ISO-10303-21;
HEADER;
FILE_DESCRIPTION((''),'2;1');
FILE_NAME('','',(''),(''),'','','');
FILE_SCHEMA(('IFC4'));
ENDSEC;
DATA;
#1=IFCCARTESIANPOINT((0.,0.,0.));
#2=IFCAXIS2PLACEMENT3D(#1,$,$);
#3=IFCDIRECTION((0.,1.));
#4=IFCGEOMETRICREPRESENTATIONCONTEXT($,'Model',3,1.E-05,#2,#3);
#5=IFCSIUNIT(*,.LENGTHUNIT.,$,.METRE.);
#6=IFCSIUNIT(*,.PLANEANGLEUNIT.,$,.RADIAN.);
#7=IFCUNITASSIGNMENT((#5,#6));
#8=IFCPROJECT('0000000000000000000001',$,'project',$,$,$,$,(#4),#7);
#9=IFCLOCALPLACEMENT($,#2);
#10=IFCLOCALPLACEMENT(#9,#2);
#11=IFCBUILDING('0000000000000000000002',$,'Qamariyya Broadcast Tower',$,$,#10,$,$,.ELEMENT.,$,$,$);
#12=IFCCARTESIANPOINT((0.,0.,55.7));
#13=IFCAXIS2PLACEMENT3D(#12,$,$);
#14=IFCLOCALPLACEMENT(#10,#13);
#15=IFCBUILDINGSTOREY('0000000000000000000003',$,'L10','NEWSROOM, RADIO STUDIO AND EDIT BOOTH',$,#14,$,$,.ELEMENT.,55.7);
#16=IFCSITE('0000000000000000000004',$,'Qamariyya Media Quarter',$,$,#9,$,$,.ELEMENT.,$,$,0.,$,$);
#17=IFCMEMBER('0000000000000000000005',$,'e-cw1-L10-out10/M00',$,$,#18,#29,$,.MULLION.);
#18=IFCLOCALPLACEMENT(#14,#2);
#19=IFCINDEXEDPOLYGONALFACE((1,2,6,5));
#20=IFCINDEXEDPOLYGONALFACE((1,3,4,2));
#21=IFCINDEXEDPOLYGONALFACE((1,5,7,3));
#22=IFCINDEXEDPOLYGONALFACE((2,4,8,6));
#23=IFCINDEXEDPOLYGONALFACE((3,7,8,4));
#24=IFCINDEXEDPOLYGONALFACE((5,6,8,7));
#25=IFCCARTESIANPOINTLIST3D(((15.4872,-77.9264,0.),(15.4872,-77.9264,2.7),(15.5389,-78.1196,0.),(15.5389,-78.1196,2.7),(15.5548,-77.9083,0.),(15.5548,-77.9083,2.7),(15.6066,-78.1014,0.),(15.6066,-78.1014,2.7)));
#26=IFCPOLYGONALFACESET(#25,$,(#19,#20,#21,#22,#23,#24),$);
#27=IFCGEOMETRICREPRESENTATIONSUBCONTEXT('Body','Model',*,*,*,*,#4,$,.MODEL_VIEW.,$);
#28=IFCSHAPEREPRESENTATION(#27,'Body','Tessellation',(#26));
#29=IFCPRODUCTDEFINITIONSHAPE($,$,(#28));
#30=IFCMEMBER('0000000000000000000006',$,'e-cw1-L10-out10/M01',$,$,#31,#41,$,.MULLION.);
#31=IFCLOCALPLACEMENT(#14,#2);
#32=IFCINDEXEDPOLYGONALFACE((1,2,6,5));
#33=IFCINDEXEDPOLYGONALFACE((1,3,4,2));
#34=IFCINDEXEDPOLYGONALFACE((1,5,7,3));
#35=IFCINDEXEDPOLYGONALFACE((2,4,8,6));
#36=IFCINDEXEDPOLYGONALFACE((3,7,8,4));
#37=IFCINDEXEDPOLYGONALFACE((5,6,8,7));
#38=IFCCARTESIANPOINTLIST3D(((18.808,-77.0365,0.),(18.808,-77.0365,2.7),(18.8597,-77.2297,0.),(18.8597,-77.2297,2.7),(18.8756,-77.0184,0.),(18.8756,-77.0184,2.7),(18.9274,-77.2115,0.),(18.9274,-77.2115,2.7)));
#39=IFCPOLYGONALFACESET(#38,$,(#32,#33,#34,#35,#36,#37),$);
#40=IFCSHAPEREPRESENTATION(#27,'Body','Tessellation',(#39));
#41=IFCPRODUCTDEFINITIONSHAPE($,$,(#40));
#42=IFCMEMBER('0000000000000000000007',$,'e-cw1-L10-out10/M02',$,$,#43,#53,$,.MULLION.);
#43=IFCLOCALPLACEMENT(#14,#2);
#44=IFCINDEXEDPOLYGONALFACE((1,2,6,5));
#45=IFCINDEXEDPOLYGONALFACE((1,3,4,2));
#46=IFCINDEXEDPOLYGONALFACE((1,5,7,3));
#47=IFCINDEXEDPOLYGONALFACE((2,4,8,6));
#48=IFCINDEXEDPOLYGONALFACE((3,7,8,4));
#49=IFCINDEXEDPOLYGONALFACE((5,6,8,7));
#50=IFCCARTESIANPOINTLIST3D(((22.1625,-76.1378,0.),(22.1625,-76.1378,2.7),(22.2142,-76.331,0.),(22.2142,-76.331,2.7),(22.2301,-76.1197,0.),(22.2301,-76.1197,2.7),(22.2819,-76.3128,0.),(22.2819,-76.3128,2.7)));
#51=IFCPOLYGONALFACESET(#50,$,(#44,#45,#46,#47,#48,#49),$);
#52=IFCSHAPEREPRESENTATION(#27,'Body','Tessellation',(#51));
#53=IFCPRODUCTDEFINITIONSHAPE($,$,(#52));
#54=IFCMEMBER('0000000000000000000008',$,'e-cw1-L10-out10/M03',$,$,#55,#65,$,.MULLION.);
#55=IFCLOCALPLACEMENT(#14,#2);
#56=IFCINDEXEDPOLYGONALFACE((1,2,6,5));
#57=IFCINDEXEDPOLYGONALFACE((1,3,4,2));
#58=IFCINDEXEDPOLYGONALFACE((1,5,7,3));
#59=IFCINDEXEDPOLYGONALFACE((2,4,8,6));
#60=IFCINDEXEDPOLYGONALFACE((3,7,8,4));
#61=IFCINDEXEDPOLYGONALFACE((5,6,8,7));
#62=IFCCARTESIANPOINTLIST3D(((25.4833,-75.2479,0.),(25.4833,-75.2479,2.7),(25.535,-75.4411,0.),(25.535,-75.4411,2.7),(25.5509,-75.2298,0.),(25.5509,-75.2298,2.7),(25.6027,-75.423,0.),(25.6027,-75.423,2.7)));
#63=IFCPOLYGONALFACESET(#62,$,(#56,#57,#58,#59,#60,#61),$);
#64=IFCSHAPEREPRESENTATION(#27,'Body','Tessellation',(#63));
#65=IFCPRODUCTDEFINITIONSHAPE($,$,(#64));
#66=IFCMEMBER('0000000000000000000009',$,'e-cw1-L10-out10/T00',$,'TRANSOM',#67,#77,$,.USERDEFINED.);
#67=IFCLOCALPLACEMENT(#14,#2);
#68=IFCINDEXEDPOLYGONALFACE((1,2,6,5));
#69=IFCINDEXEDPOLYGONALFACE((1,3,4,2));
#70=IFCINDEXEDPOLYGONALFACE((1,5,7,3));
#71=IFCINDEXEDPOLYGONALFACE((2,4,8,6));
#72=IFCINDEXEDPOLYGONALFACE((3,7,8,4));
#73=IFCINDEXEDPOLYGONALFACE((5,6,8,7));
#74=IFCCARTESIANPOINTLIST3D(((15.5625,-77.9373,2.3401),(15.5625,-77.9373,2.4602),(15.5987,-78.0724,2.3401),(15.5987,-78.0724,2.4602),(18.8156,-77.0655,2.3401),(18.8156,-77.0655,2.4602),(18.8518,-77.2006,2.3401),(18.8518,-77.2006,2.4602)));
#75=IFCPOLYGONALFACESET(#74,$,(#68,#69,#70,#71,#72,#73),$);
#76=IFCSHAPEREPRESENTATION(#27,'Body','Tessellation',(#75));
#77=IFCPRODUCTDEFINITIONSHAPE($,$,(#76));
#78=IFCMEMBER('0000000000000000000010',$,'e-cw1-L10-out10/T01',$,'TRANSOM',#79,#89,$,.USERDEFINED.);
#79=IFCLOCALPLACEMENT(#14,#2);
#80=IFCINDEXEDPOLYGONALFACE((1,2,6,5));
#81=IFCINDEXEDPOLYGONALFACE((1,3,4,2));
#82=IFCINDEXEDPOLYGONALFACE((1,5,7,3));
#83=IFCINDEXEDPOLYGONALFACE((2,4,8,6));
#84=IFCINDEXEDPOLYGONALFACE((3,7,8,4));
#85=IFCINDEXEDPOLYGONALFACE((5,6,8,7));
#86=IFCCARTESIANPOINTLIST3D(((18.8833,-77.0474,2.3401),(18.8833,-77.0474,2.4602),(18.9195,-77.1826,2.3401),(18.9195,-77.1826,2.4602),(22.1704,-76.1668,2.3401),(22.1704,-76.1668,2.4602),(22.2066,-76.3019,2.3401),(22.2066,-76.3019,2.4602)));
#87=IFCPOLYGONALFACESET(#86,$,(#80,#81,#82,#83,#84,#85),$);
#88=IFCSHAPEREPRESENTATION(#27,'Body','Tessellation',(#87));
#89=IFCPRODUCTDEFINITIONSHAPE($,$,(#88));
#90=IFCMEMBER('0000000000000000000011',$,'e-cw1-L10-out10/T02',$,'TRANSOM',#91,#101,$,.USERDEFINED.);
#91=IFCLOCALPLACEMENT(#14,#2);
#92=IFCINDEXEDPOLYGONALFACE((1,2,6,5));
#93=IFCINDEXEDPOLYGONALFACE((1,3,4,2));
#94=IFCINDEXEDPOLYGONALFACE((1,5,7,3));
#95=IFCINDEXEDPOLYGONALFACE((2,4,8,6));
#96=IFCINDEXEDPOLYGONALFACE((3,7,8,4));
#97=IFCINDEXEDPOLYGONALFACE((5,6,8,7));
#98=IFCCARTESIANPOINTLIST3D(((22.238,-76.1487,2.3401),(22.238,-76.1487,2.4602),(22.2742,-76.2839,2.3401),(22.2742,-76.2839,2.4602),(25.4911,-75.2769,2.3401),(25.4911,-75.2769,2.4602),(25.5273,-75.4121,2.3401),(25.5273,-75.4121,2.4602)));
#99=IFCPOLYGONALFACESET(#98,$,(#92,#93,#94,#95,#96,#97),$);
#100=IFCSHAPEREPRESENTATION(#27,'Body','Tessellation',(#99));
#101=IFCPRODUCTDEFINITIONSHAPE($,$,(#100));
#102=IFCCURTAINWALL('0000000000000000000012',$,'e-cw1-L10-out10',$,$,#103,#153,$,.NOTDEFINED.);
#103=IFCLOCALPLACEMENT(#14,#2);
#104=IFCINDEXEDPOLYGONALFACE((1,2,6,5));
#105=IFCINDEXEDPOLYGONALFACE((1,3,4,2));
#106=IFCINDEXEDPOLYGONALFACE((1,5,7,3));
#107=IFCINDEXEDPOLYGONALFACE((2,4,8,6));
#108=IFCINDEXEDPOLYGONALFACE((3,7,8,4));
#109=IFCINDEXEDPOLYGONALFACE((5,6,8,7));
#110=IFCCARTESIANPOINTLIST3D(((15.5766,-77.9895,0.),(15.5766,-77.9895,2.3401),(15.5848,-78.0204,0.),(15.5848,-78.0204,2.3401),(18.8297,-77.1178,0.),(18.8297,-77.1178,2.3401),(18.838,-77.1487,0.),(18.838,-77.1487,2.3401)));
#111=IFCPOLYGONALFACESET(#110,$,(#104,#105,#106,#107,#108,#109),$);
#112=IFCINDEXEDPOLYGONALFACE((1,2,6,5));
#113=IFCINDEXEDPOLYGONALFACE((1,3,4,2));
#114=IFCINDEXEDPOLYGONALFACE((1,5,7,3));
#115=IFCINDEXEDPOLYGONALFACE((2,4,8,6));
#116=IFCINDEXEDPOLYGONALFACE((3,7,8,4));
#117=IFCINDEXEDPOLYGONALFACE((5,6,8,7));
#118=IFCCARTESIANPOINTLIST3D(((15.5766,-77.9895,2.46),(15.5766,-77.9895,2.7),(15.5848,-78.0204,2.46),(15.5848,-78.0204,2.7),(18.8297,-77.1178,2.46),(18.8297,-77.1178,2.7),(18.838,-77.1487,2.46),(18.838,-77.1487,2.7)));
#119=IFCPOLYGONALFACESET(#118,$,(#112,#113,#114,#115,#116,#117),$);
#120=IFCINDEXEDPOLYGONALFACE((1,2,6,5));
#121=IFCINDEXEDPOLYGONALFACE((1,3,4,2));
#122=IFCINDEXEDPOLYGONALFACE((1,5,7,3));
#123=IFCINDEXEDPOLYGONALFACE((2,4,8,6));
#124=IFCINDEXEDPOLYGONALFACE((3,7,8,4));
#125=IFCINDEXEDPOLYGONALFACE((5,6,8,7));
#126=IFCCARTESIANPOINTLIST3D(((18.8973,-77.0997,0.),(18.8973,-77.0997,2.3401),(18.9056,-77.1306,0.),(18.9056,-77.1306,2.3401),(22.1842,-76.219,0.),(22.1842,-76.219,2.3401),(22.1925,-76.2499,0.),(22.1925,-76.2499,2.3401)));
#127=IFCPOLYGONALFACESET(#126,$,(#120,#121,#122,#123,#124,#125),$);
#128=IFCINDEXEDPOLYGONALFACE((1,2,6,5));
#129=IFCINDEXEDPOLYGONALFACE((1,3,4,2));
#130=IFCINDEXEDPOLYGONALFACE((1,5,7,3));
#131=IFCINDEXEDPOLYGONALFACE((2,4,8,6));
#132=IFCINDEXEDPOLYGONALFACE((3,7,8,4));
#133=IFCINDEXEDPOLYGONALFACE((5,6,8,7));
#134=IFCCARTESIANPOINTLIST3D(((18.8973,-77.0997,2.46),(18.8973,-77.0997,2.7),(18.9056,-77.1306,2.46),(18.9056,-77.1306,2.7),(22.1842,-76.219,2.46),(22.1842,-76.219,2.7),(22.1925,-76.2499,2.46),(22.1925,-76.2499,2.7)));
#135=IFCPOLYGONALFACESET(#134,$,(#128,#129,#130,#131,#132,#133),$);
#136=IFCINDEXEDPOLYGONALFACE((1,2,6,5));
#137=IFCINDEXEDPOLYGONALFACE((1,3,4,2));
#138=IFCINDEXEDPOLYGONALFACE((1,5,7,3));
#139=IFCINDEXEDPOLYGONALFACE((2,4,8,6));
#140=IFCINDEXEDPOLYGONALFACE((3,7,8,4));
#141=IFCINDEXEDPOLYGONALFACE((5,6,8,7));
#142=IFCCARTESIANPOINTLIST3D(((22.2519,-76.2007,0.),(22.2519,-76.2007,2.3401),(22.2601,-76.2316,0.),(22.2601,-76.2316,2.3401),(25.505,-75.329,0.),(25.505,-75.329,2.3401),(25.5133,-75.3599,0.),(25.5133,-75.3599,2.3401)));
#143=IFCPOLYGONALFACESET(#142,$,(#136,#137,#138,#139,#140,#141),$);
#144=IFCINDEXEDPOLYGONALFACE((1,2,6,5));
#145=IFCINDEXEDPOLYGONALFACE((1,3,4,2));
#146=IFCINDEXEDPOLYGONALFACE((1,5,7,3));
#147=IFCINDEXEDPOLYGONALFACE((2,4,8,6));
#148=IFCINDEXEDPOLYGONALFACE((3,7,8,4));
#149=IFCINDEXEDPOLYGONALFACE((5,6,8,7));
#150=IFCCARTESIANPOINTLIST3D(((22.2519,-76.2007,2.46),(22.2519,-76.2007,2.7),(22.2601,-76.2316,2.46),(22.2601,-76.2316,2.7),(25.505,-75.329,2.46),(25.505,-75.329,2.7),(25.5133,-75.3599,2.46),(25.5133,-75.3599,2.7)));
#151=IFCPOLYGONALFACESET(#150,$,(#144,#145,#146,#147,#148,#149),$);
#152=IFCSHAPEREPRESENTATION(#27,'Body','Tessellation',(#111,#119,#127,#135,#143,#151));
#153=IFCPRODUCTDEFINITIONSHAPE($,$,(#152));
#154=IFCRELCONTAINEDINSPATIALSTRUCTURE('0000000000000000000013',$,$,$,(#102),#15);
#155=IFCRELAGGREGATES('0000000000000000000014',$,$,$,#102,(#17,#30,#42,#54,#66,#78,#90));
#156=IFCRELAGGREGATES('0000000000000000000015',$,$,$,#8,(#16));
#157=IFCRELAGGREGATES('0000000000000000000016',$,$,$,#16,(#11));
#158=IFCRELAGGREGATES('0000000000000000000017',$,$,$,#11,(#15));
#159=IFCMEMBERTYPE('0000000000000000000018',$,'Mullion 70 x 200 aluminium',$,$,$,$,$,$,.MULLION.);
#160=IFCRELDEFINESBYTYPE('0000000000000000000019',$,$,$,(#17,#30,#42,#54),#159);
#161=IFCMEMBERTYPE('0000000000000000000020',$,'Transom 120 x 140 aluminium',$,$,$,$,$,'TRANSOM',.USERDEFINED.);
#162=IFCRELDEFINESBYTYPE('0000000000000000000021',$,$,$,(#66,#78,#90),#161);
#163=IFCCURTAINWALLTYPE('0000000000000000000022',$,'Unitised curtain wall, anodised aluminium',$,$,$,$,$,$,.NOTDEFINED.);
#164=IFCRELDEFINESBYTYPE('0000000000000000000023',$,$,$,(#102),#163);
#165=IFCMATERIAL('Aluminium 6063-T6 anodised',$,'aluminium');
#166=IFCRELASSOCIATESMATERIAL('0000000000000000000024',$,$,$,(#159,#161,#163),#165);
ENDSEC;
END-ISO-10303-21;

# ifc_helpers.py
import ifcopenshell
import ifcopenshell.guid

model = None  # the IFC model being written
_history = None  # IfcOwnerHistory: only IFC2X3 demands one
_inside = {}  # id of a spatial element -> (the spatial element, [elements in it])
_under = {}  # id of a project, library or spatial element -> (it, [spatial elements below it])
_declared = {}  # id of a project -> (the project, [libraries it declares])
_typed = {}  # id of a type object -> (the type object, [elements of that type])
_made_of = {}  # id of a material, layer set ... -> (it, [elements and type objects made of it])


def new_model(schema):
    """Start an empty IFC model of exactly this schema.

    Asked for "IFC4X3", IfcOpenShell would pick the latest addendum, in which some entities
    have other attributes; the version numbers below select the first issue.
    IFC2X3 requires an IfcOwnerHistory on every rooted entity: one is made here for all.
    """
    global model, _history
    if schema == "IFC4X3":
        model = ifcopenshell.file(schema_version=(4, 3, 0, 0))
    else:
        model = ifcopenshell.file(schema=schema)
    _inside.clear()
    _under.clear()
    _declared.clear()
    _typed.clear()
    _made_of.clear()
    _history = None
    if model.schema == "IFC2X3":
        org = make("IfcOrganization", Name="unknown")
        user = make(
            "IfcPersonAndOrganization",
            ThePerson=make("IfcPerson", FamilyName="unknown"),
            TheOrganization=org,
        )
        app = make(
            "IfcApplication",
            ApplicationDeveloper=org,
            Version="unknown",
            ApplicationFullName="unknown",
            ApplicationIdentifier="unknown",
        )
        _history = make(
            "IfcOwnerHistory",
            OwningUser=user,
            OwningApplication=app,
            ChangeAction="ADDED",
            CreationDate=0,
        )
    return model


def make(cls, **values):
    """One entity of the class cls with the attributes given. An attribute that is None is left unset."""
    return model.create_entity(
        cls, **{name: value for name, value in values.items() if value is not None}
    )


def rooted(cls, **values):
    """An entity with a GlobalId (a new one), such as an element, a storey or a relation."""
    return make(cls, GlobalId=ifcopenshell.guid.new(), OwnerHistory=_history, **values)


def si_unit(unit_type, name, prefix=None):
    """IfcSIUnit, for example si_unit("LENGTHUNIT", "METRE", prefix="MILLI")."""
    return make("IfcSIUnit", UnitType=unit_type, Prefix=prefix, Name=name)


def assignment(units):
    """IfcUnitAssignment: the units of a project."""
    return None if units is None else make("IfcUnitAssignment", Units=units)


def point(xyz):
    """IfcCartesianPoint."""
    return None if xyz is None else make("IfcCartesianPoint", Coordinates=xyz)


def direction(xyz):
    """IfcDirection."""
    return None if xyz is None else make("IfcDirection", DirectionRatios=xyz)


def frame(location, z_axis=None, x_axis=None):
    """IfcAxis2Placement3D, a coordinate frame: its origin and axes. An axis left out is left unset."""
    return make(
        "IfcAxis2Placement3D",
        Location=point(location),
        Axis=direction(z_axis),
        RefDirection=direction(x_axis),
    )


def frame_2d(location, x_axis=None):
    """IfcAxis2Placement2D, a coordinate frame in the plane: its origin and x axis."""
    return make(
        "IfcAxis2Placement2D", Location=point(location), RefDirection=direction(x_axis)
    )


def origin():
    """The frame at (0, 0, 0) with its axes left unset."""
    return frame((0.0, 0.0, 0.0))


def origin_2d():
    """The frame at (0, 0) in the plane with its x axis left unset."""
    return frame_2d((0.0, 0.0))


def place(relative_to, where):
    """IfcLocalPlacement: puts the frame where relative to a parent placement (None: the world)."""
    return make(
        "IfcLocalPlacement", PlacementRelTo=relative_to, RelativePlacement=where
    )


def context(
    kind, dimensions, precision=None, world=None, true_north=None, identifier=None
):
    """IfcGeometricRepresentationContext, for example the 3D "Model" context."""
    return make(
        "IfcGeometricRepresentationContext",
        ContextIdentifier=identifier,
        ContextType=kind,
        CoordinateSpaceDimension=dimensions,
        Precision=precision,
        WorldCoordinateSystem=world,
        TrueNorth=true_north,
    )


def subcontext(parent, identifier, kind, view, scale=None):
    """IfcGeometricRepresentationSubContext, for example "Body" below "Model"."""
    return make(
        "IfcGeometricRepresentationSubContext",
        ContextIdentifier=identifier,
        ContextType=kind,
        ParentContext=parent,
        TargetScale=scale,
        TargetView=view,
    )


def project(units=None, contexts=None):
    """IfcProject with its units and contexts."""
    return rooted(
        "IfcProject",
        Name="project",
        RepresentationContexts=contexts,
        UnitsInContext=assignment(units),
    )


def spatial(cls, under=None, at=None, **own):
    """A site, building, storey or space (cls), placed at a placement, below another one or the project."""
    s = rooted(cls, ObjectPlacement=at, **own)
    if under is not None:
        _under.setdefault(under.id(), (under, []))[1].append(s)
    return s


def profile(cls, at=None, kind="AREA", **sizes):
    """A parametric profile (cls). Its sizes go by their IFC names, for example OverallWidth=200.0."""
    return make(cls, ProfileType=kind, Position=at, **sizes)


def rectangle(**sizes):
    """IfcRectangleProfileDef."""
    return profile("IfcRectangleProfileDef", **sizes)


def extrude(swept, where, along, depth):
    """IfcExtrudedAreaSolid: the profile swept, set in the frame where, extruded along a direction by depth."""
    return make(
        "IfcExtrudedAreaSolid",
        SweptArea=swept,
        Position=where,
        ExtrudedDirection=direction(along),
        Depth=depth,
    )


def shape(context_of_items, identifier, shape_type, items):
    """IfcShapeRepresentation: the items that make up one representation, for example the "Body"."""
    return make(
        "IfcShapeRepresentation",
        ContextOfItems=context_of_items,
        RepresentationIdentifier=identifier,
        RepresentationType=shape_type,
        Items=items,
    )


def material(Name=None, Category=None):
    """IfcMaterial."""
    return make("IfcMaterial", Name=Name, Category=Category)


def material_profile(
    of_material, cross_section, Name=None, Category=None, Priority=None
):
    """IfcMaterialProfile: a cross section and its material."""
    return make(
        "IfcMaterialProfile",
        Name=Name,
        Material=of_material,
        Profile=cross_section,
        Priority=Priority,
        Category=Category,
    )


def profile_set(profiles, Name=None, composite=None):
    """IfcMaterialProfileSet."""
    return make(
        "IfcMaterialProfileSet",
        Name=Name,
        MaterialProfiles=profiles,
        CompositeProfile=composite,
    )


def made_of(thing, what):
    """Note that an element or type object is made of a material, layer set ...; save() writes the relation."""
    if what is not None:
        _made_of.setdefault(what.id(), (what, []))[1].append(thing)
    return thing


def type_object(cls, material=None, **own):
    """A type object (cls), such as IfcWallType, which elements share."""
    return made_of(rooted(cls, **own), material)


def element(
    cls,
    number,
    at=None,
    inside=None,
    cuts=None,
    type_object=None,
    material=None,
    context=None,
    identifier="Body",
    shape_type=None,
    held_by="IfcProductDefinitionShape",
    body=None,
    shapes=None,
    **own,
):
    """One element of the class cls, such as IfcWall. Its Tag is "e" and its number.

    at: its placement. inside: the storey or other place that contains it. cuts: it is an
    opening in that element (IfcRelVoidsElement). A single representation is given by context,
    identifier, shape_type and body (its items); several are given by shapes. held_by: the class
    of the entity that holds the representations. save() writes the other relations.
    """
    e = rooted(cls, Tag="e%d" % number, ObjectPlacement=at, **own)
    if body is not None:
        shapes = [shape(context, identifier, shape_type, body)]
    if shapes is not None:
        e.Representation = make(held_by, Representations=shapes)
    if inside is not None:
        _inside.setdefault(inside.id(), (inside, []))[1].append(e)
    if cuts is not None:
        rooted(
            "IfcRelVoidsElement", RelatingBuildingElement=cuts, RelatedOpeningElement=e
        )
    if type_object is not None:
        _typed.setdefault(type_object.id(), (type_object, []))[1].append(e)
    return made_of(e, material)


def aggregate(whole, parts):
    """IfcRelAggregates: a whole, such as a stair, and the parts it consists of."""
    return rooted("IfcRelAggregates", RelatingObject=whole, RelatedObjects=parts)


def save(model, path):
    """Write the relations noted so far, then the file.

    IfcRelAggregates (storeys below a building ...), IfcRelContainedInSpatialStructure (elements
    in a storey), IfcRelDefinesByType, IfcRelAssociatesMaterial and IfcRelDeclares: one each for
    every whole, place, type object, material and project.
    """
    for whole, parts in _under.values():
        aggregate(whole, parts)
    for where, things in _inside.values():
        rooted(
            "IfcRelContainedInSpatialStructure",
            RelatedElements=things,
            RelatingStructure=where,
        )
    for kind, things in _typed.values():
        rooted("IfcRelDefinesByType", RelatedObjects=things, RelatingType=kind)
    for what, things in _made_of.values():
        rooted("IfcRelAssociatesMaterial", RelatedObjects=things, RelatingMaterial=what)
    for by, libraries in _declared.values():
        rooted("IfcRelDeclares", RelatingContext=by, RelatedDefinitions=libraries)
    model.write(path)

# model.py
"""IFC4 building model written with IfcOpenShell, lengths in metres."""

from ifc_helpers import new_model, si_unit, direction, frame, origin, origin_2d, place, context, subcontext, project, spatial, rectangle, extrude, material, material_profile, profile_set, type_object, element, aggregate, save


model = new_model("IFC4")

# Units and contexts
model_context = context("Model", 3, precision=1e-05, world=origin(), true_north=direction((0.0, 1.0)))
body_context = subcontext(model_context, "Body", "Model", "MODEL_VIEW")
ifc_project = project(units=[si_unit("LENGTHUNIT", "METRE"), si_unit("PLANEANGLEUNIT", "RADIAN")], contexts=[model_context])

# Members
ifc_material = material(Name="Aluminium 6063-T6 anodised", Category="aluminium")
ifc_material_profile_1 = material_profile(ifc_material, rectangle(XDim=0.2, YDim=0.0701, at=origin_2d()))
ifc_profile_set_1 = profile_set([ifc_material_profile_1], Name="Aluminium 6063-T6 anodised")
member_type_1 = type_object("IfcMemberType", Name="Mullion 70 x 200 aluminium", PredefinedType="MULLION", material=ifc_profile_set_1)
site_placement = place(None, origin())
building_placement = place(site_placement, origin())
storey_placement = place(building_placement, frame((0.0, 0.0, 55.7)))
member_1_placement = place(storey_placement, frame((15.5469, -78.0139, 0.0), z_axis=(0.0, 0.0, 1.0), x_axis=(-0.258819, 0.965926, 0.0)))
member_1 = element("IfcMember", 1, at=member_1_placement, type_object=member_type_1, Name="e-cw1-L10-out10/M00", PredefinedType="MULLION", context=body_context, shape_type="SweptSolid", body=[
    extrude(rectangle(XDim=0.2, YDim=0.0701, at=origin_2d()), origin(), (0.0, 0.0, 1.0), 2.7),
])
member_2_placement = place(storey_placement, frame((18.8677, -77.124, 0.0), z_axis=(0.0, 0.0, 1.0), x_axis=(-0.258819, 0.965926, 0.0)))
member_2 = element("IfcMember", 2, at=member_2_placement, type_object=member_type_1, Name="e-cw1-L10-out10/M01", PredefinedType="MULLION", context=body_context, shape_type="SweptSolid", body=[
    extrude(rectangle(XDim=0.2, YDim=0.0701, at=origin_2d()), origin(), (0.0, 0.0, 1.0), 2.7),
])
member_3_placement = place(storey_placement, frame((22.2222, -76.2253, 0.0), z_axis=(0.0, 0.0, 1.0), x_axis=(-0.258819, 0.965926, 0.0)))
member_3 = element("IfcMember", 3, at=member_3_placement, type_object=member_type_1, Name="e-cw1-L10-out10/M02", PredefinedType="MULLION", context=body_context, shape_type="SweptSolid", body=[
    extrude(rectangle(XDim=0.2, YDim=0.0701, at=origin_2d()), origin(), (0.0, 0.0, 1.0), 2.7),
])
member_4_placement = place(storey_placement, frame((25.543, -75.3354, 0.0), z_axis=(0.0, 0.0, 1.0), x_axis=(-0.258819, 0.965926, 0.0)))
member_4 = element("IfcMember", 4, at=member_4_placement, type_object=member_type_1, Name="e-cw1-L10-out10/M03", PredefinedType="MULLION", context=body_context, shape_type="SweptSolid", body=[
    extrude(rectangle(XDim=0.2, YDim=0.0701, at=origin_2d()), origin(), (0.0, 0.0, 1.0), 2.7),
])
ifc_material_profile_2 = material_profile(ifc_material, rectangle(XDim=0.1399, YDim=0.1201, at=origin_2d()))
ifc_profile_set_2 = profile_set([ifc_material_profile_2], Name="Aluminium 6063-T6 anodised")
member_type_2 = type_object("IfcMemberType", Name="Transom 120 x 140 aluminium", ElementType="TRANSOM", PredefinedType="USERDEFINED", material=ifc_profile_set_2)
member_5_placement = place(storey_placement, frame((15.5806, -78.0049, 2.4001), z_axis=(0.965915, 0.258858, 0.0), x_axis=(-0.258858, 0.965915, 0.0)))
member_5 = element("IfcMember", 5, at=member_5_placement, type_object=member_type_2, Name="e-cw1-L10-out10/T00", ObjectType="TRANSOM", PredefinedType="USERDEFINED", context=body_context, shape_type="SweptSolid", body=[
    extrude(rectangle(XDim=0.1399, YDim=0.1201, at=origin_2d()), origin(), (0.0, 0.0, 1.0), 3.3679),
])
member_6_placement = place(storey_placement, frame((18.9014, -77.115, 2.4001), z_axis=(0.965938, 0.258774, 0.0), x_axis=(-0.258774, 0.965938, 0.0)))
member_6 = element("IfcMember", 6, at=member_6_placement, type_object=member_type_2, Name="e-cw1-L10-out10/T01", ObjectType="TRANSOM", PredefinedType="USERDEFINED", context=body_context, shape_type="SweptSolid", body=[
    extrude(rectangle(XDim=0.1399, YDim=0.1201, at=origin_2d()), origin(), (0.0, 0.0, 1.0), 3.4031),
])
member_7_placement = place(storey_placement, frame((22.2561, -76.2163, 2.4001), z_axis=(0.965915, 0.258858, 0.0), x_axis=(-0.258858, 0.965915, 0.0)))
member_7 = element("IfcMember", 7, at=member_7_placement, type_object=member_type_2, Name="e-cw1-L10-out10/T02", ObjectType="TRANSOM", PredefinedType="USERDEFINED", context=body_context, shape_type="SweptSolid", body=[
    extrude(rectangle(XDim=0.1399, YDim=0.1201, at=origin_2d()), origin(), (0.0, 0.0, 1.0), 3.3679),
])

# Site, building, storey
site = spatial("IfcSite", under=ifc_project, at=site_placement, Name="Qamariyya Media Quarter", CompositionType="ELEMENT", RefElevation=0.0)
building = spatial("IfcBuilding", under=site, at=building_placement, Name="Qamariyya Broadcast Tower", CompositionType="ELEMENT")
storey = spatial("IfcBuildingStorey", under=building, at=storey_placement, Name="L10", Description="NEWSROOM, RADIO STUDIO AND EDIT BOOTH", CompositionType="ELEMENT", Elevation=55.7)

# Curtain wall
curtain_wall_type = type_object("IfcCurtainWallType", Name="Unitised curtain wall, anodised aluminium", PredefinedType="NOTDEFINED", material=ifc_material)
curtain_wall_1_placement = place(storey_placement, origin())
curtain_wall_1 = element("IfcCurtainWall", 8, at=curtain_wall_1_placement, inside=storey, type_object=curtain_wall_type, Name="e-cw1-L10-out10", PredefinedType="NOTDEFINED", context=body_context, shape_type="SweptSolid", body=[
    extrude(rectangle(XDim=3.3679, YDim=0.032, at=origin_2d()), frame((17.2073, -77.5691, 0.0), x_axis=(0.965925, 0.258822, 0.0)), (0.0, 0.0, 1.0), 2.3401),
    extrude(rectangle(XDim=3.3679, YDim=0.032, at=origin_2d()), frame((17.2073, -77.5691, 2.46), x_axis=(0.965925, 0.258822, 0.0)), (0.0, 0.0, 1.0), 0.24),
    extrude(rectangle(XDim=3.4028, YDim=0.032, at=origin_2d()), frame((20.5449, -76.6748, 0.0), x_axis=(0.965925, 0.258822, 0.0)), (0.0, 0.0, 1.0), 2.3401),
    extrude(rectangle(XDim=3.4028, YDim=0.032, at=origin_2d()), frame((20.5449, -76.6748, 2.46), x_axis=(0.965925, 0.258822, 0.0)), (0.0, 0.0, 1.0), 0.24),
    extrude(rectangle(XDim=3.3679, YDim=0.032, at=origin_2d()), frame((23.8826, -75.7803, 0.0), x_axis=(0.965925, 0.258822, 0.0)), (0.0, 0.0, 1.0), 2.3401),
    extrude(rectangle(XDim=3.3679, YDim=0.032, at=origin_2d()), frame((23.8826, -75.7803, 2.46), x_axis=(0.965925, 0.258822, 0.0)), (0.0, 0.0, 1.0), 0.24),
])
aggregate(curtain_wall_1, [member_1, member_2, member_3, member_4, member_5, member_6, member_7])

save(model, "model.ifc")
